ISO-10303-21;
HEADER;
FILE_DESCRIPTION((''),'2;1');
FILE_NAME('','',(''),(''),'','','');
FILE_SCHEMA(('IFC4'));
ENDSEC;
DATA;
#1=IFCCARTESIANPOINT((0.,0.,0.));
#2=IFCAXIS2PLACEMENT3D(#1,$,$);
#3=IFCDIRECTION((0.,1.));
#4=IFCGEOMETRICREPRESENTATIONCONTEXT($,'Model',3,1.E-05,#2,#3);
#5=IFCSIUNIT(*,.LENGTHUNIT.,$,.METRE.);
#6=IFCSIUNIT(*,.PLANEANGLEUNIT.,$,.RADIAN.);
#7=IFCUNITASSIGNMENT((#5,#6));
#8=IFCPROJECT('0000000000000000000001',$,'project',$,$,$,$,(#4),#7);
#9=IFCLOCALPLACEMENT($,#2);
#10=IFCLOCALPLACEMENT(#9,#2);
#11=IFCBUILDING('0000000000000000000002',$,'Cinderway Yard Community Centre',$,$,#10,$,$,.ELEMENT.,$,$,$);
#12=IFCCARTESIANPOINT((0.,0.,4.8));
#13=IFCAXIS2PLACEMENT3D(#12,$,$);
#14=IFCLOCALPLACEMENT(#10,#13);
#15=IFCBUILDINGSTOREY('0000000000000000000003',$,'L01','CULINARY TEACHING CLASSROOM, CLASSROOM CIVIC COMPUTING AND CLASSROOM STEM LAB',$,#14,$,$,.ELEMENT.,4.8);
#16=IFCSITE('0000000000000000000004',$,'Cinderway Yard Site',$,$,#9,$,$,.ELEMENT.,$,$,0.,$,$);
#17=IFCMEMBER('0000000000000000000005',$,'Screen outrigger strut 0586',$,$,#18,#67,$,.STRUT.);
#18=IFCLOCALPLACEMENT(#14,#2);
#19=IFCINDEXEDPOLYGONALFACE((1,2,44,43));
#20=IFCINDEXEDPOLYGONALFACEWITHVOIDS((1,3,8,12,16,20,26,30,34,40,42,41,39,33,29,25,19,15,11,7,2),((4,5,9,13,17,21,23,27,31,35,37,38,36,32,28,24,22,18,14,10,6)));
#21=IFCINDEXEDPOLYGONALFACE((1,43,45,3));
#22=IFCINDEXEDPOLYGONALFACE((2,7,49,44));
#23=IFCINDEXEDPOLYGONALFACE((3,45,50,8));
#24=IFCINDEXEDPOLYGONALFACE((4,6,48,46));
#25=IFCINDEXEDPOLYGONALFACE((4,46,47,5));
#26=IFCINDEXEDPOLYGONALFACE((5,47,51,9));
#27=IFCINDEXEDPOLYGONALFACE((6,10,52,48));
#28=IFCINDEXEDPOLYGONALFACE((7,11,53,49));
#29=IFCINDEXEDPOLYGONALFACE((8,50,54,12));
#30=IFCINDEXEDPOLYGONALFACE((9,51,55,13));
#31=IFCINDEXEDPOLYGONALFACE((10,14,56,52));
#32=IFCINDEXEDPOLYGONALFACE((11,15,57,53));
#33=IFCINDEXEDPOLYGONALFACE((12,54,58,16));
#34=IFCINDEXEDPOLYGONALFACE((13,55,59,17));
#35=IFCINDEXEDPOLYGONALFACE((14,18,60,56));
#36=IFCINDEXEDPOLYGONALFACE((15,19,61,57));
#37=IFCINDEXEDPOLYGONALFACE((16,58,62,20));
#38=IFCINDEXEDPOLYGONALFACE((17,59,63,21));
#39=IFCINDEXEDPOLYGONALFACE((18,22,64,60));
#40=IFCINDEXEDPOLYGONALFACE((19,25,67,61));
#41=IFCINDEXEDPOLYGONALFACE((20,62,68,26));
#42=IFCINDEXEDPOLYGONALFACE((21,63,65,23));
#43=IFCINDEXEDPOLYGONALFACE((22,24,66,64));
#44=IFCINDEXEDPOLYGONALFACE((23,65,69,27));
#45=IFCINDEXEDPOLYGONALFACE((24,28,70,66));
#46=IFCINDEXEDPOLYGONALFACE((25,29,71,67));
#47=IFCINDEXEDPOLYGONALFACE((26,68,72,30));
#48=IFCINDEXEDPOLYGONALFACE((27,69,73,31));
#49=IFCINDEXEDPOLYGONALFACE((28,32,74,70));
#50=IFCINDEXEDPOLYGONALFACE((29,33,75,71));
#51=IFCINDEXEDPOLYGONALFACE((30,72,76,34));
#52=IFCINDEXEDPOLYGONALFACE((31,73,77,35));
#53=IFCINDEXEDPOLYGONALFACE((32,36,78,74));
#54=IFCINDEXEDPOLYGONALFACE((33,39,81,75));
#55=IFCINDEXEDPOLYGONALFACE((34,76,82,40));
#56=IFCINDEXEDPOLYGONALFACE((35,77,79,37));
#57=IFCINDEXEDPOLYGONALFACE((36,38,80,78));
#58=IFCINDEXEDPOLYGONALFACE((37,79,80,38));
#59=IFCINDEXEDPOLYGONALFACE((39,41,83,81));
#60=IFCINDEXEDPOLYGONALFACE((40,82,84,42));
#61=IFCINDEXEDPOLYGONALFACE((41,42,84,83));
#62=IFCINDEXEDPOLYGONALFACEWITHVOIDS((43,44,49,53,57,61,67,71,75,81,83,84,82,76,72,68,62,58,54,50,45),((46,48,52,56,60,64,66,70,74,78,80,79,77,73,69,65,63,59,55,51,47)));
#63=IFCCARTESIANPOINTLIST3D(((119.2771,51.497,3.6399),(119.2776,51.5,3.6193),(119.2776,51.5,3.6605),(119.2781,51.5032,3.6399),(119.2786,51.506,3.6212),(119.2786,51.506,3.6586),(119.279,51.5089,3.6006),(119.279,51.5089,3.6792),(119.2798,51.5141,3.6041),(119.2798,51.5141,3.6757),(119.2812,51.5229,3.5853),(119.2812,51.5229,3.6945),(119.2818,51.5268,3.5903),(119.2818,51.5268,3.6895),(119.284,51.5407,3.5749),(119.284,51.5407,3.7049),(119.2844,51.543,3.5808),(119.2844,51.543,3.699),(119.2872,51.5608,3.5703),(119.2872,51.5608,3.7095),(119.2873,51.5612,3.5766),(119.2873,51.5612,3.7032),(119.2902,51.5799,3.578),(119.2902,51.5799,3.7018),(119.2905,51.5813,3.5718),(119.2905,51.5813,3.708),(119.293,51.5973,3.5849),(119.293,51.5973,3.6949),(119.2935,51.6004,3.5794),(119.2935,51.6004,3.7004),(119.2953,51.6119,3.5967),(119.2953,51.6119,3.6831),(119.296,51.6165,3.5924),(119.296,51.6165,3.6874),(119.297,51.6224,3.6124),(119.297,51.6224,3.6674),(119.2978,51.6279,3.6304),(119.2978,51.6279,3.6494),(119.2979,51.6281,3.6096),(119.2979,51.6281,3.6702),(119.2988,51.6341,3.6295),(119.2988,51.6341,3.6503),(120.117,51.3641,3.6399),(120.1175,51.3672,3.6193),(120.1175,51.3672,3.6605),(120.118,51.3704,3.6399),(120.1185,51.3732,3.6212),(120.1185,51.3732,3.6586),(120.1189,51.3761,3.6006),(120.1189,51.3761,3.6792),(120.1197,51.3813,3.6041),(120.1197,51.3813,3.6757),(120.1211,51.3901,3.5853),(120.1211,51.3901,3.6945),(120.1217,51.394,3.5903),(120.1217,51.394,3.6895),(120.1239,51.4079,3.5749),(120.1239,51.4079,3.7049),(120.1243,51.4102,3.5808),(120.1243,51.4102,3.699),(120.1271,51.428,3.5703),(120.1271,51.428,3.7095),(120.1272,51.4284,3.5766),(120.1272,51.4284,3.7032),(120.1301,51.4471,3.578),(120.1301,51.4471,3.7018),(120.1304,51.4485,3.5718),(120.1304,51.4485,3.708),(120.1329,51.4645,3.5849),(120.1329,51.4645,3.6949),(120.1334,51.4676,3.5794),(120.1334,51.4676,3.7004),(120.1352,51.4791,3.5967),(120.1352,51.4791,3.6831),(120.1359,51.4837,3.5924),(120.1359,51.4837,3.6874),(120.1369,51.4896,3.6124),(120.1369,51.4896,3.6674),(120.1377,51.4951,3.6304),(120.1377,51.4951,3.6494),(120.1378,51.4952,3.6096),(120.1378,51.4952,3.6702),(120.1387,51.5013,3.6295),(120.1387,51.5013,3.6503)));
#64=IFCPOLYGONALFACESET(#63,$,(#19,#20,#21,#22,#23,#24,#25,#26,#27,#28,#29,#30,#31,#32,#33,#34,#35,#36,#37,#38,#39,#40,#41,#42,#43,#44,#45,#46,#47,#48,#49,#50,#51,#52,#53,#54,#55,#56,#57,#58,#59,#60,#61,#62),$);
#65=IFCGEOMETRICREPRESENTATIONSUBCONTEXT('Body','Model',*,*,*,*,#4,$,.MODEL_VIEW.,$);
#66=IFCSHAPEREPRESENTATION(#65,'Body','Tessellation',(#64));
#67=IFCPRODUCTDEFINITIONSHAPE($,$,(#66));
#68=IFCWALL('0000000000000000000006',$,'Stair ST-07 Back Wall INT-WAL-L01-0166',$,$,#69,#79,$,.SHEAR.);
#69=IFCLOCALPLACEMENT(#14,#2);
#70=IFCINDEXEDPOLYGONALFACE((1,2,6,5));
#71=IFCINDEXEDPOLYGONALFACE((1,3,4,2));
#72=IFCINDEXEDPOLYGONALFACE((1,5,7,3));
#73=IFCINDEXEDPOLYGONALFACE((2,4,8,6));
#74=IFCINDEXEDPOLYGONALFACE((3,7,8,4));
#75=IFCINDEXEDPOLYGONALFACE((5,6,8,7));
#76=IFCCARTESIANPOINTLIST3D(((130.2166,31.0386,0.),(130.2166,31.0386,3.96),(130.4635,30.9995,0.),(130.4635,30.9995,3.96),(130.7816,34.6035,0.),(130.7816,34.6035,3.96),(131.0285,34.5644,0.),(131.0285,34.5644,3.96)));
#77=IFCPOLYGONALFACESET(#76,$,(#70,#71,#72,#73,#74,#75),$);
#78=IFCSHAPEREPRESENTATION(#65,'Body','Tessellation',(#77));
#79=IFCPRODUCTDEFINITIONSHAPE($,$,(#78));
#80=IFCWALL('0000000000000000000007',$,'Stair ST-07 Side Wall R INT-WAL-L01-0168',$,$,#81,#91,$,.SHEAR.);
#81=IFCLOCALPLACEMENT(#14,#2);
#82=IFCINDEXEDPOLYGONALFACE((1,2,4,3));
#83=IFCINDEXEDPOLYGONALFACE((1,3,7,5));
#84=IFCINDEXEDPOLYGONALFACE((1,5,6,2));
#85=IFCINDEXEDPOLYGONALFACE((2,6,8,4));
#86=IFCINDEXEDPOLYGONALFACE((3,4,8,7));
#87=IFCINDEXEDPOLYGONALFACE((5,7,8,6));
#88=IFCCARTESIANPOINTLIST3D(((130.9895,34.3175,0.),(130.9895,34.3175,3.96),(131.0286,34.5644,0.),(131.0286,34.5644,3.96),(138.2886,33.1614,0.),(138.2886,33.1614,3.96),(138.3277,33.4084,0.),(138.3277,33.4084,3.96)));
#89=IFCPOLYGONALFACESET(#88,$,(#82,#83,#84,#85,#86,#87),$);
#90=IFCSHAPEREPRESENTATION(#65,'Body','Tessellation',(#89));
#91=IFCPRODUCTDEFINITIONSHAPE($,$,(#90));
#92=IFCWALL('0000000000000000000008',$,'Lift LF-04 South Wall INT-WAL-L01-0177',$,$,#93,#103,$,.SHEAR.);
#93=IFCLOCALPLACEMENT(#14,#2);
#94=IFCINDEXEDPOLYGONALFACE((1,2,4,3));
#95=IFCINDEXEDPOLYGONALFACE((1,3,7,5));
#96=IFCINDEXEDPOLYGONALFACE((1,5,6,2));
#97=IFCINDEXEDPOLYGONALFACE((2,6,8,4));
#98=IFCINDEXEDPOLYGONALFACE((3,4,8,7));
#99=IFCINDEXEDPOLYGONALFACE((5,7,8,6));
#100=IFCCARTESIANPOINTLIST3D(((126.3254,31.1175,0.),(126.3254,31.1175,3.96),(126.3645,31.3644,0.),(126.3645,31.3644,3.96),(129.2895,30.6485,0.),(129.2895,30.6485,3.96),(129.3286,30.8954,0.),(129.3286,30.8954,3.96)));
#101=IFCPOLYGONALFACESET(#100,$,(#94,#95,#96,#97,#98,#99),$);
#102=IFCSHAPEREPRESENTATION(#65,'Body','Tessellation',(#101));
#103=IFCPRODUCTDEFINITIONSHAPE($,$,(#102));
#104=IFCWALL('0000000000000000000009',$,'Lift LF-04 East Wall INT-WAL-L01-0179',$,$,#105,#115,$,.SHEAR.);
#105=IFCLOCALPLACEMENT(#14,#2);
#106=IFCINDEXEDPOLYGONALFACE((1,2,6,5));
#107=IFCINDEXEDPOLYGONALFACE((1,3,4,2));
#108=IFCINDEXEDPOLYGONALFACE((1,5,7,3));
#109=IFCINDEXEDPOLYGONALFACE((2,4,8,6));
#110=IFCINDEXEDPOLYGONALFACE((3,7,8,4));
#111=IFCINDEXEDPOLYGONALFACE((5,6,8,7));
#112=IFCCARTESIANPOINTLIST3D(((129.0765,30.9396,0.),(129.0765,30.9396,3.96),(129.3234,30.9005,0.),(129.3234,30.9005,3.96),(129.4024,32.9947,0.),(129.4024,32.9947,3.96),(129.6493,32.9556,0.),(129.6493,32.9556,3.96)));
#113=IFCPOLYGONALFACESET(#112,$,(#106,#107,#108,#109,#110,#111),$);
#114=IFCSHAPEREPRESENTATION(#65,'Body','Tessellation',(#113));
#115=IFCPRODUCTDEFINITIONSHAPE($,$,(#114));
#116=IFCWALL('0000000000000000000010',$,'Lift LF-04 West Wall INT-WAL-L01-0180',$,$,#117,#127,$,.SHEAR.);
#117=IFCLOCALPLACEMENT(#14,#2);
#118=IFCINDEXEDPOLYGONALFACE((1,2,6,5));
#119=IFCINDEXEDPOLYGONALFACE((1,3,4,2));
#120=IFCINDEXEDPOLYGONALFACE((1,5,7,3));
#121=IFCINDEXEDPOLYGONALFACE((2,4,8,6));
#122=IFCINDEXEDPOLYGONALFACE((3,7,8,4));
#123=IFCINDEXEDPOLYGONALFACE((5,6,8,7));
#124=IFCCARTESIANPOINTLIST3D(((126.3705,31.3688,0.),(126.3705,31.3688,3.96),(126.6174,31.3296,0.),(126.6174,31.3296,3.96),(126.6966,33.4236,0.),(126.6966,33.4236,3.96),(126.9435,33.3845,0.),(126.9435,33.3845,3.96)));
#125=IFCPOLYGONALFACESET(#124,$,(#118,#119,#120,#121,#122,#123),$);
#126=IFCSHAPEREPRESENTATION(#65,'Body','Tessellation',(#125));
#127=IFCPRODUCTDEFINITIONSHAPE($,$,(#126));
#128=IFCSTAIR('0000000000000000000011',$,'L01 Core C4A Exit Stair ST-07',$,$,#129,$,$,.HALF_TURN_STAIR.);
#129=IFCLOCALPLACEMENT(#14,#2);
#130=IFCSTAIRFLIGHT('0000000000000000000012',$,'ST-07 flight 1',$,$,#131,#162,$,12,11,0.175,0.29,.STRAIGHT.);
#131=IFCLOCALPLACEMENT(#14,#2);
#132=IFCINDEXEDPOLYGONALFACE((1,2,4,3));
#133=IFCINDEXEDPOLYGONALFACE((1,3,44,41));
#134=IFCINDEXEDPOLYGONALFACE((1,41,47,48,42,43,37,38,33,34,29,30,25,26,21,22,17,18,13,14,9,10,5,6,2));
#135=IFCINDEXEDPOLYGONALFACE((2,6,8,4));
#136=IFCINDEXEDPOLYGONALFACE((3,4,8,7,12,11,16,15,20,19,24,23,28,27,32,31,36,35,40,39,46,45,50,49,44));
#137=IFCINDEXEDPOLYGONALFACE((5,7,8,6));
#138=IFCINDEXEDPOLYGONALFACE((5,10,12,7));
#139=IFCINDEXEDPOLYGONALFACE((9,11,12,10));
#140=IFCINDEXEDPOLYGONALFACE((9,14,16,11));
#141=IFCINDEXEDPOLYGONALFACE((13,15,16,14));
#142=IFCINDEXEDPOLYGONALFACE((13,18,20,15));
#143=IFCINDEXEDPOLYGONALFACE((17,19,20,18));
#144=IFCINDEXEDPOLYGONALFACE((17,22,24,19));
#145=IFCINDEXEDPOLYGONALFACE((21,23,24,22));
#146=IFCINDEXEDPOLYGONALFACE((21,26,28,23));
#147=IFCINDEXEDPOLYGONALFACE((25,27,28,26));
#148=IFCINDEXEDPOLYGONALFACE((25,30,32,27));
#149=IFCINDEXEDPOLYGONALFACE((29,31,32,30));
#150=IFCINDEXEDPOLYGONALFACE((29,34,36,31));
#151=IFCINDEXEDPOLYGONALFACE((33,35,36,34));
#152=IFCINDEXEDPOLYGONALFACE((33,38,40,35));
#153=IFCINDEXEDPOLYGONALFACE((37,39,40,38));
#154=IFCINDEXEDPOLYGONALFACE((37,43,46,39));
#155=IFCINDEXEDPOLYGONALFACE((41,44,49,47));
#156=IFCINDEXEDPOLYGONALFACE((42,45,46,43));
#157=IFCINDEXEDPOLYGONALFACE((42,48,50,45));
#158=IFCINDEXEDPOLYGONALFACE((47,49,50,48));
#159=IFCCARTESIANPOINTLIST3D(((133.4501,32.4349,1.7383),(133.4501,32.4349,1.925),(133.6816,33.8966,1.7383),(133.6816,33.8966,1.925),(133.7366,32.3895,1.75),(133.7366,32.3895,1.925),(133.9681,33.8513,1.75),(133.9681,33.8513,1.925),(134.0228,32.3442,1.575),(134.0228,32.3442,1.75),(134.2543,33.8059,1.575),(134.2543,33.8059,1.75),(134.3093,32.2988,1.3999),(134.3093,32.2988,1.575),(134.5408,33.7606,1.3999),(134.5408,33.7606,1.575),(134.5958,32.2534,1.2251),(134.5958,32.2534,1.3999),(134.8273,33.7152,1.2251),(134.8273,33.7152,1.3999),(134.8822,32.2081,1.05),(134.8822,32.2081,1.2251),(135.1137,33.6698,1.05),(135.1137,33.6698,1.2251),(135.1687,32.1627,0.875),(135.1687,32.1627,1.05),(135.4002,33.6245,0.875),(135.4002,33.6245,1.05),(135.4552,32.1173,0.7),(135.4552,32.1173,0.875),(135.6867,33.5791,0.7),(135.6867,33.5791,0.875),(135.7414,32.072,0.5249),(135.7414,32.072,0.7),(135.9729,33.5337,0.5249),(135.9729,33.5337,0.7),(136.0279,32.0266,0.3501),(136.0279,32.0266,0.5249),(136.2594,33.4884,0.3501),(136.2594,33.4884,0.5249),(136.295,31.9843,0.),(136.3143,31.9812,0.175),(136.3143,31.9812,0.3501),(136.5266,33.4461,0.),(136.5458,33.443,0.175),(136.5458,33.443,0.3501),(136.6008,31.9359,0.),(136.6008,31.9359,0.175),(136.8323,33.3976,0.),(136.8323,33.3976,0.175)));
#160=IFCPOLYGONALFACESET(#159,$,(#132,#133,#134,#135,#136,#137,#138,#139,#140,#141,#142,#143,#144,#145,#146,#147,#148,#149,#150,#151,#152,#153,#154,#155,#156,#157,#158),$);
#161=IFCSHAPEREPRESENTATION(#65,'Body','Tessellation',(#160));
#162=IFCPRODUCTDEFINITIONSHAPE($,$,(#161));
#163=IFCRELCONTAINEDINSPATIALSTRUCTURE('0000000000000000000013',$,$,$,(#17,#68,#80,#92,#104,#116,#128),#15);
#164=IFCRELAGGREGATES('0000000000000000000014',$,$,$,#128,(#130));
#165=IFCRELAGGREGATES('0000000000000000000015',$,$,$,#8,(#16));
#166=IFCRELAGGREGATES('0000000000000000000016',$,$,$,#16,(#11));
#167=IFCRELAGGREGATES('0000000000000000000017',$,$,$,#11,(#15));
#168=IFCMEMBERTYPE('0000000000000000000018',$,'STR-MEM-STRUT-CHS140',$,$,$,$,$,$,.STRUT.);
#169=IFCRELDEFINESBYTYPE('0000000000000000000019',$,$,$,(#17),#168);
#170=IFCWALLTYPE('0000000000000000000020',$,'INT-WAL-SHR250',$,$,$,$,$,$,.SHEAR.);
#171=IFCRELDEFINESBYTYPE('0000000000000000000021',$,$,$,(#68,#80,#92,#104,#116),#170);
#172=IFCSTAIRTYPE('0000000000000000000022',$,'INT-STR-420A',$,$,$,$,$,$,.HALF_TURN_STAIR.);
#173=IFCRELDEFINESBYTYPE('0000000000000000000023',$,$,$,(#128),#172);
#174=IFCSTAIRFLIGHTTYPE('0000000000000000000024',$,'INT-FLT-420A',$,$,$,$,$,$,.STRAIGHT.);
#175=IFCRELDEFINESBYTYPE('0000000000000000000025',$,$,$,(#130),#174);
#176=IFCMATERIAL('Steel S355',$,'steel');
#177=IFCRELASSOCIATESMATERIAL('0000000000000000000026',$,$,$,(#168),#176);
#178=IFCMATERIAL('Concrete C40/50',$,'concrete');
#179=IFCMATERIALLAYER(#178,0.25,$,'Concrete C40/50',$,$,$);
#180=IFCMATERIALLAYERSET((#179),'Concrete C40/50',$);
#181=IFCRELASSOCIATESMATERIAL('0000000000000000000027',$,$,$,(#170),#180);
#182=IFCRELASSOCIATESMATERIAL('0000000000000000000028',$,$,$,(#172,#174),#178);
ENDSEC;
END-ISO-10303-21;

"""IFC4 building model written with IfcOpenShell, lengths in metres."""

from ifc_helpers import new_model, si_unit, direction, frame, frame_2d, origin, origin_2d, place, context, subcontext, project, spatial, polyline, rectangle, hollow_circle, outline, extrude, material, layer, layer_set, material_profile, profile_set, type_object, element, aggregate, save


model = new_model("IFC4")

# Units and contexts
model_context = context("Model", 3, precision=1e-05, world=origin(), true_north=direction((0.0, 1.0)))
body_context = subcontext(model_context, "Body", "Model", "MODEL_VIEW")
ifc_project = project(units=[si_unit("LENGTHUNIT", "METRE"), si_unit("PLANEANGLEUNIT", "RADIAN")], contexts=[model_context])

# Site, building, storey
site_placement = place(None, origin())
site = spatial("IfcSite", under=ifc_project, at=site_placement, Name="Cinderway Yard Site", CompositionType="ELEMENT", RefElevation=0.0)
building_placement = place(site_placement, origin())
building = spatial("IfcBuilding", under=site, at=building_placement, Name="Cinderway Yard Community Centre", CompositionType="ELEMENT")
storey_placement = place(building_placement, frame((0.0, 0.0, 4.8)))
storey = spatial("IfcBuildingStorey", under=building, at=storey_placement, Name="L01", Description="CULINARY TEACHING CLASSROOM, CLASSROOM CIVIC COMPUTING AND CLASSROOM STEM LAB", CompositionType="ELEMENT", Elevation=4.8)

# Shared definitions
ifc_material_1 = material(Name="Concrete C40/50", Category="concrete")

# Shared definitions
ifc_material_2 = material(Name="Steel S355", Category="steel")

# Member
ifc_material_profile_1 = material_profile(ifc_material_2, hollow_circle(Radius=0.0698, WallThickness=0.0063, at=origin_2d()), Name="Steel S355")
ifc_profile_set_1 = profile_set([ifc_material_profile_1], Name="Steel S355")
member_type_1 = type_object("IfcMemberType", Name="STR-MEM-STRUT-CHS140", PredefinedType="STRUT", material=ifc_profile_set_1)
for number, where, z_axis, x_axis, name in (
    (1, (120.1279, 51.4331, 3.6399), (-0.987726, 0.156198, 0.0), (-0.156198, -0.987726, 0.0), "Screen outrigger strut 0586"),
):
    element("IfcMember", number, at=place(storey_placement, frame(where, z_axis=z_axis, x_axis=x_axis)), inside=storey, type_object=member_type_1, Name=name, PredefinedType="STRUT", context=body_context, shape_type="SweptSolid", body=[
        extrude(hollow_circle(Radius=0.0698, WallThickness=0.0063, at=origin_2d()), origin(), (0.0, 0.0, 1.0), 0.8503),
    ])

# Walls
ifc_layer = layer(ifc_material_1, 0.25, Name="Concrete C40/50")
ifc_layer_set = layer_set([ifc_layer], Name="Concrete C40/50")
wall_type = type_object("IfcWallType", Name="INT-WAL-SHR250", PredefinedType="SHEAR", material=ifc_layer_set)
wall_1_placement = place(storey_placement, frame((130.3401, 31.019, 0.0), z_axis=(0.0, 0.0, 1.0), x_axis=(0.156518, 0.987675, 0.0)))
element("IfcWall", 2, at=wall_1_placement, inside=storey, type_object=wall_type, Name="Stair ST-07 Back Wall INT-WAL-L01-0166", PredefinedType="SHEAR", context=body_context, shape_type="SweptSolid", body=[
    extrude(rectangle(XDim=3.6094, YDim=0.25, at=frame_2d((1.8047, 0.0))), origin(), (0.0, 0.0, 1.0), 3.96),
])
wall_2_placement = place(storey_placement, frame((131.009, 34.4409, 0.0), z_axis=(0.0, 0.0, 1.0), x_axis=(0.987689, -0.156427, 0.0)))
element("IfcWall", 3, at=wall_2_placement, inside=storey, type_object=wall_type, Name="Stair ST-07 Side Wall R INT-WAL-L01-0168", PredefinedType="SHEAR", context=body_context, shape_type="SweptSolid", body=[
    extrude(rectangle(XDim=7.3901, YDim=0.25, at=frame_2d((3.6951, 0.0))), origin(), (0.0, 0.0, 1.0), 3.96),
])
wall_3_placement = place(storey_placement, frame((126.345, 31.241, 0.0), z_axis=(0.0, 0.0, 1.0), x_axis=(0.987713, -0.15628, 0.0)))
element("IfcWall", 4, at=wall_3_placement, inside=storey, type_object=wall_type, Name="Lift LF-04 South Wall INT-WAL-L01-0177", PredefinedType="SHEAR", context=body_context, shape_type="SweptSolid", body=[
    extrude(rectangle(XDim=3.001, YDim=0.25, at=frame_2d((1.5005, 0.0))), origin(), (0.0, 0.0, 1.0), 3.96),
])

# Walls
wall_4_placement = place(storey_placement, frame((129.2, 30.9199, 0.0), z_axis=(0.0, 0.0, 1.0), x_axis=(0.156631, 0.987657, 0.0)))
element("IfcWall", 5, at=wall_4_placement, inside=storey, type_object=wall_type, Name="Lift LF-04 East Wall INT-WAL-L01-0179", PredefinedType="SHEAR", context=body_context, shape_type="SweptSolid", body=[
    extrude(rectangle(XDim=2.0808, YDim=0.25, at=frame_2d((1.0405, 0.0))), origin(), (0.0, 0.0, 1.0), 3.96),
])
wall_5_placement = place(storey_placement, frame((126.8201, 33.4041, 0.0), z_axis=(0.0, 0.0, 1.0), x_axis=(-0.156764, -0.987636, 0.0)))
element("IfcWall", 6, at=wall_5_placement, inside=storey, type_object=wall_type, Name="Lift LF-04 West Wall INT-WAL-L01-0180", PredefinedType="SHEAR", context=body_context, shape_type="SweptSolid", body=[
    extrude(rectangle(XDim=2.0806, YDim=0.25, at=frame_2d((1.0403, 0.0))), origin(), (0.0, 0.0, 1.0), 3.96),
])

# Stair, stair flight
stair_type = type_object("IfcStairType", Name="INT-STR-420A", PredefinedType="HALF_TURN_STAIR", material=ifc_material_1)
stair_placement = place(storey_placement, origin())
stair = element("IfcStair", 7, at=stair_placement, inside=storey, type_object=stair_type, Name="L01 Core C4A Exit Stair ST-07", PredefinedType="HALF_TURN_STAIR")
stair_flight_type = type_object("IfcStairFlightType", Name="INT-FLT-420A", PredefinedType="STRAIGHT", material=ifc_material_1)
stair_flight_1_placement = place(storey_placement, frame((136.7166, 32.6667, 0.0), z_axis=(0.0, 0.0, 1.0), x_axis=(-0.987688, 0.156434, 0.0)))
stair_flight_1 = element("IfcStairFlight", 8, at=stair_flight_1_placement, type_object=stair_flight_type, Name="ST-07 flight 1", NumberOfRisers=12, NumberOfTreads=11, PredefinedType="STRAIGHT", RiserHeight=0.175, TreadLength=0.29, context=body_context, shape_type="SweptSolid", body=[
    extrude(outline(polyline([(0.0, 0.0), (0.0, 0.175), (0.29, 0.175), (0.29, 0.3501), (0.5801, 0.3501), (0.5801, 0.5249), (0.8701, 0.5249), (0.8701, 0.7), (1.1599, 0.7), (1.1599, 0.875), (1.45, 0.875), (1.45, 1.05), (1.74, 1.05), (1.74, 1.2251), (2.03, 1.2251), (2.03, 1.3999), (2.3201, 1.3999), (2.3201, 1.575), (2.6101, 1.575), (2.6101, 1.75), (2.8999, 1.75), (2.8999, 1.925), (3.1899, 1.925), (3.1899, 2.1001), (3.1899, 1.7383), (0.3096, 0.0), (0.0, 0.0)])), frame((0.0, 0.74, 0.0), z_axis=(0.0, -1.0, 0.0), x_axis=(1.0, 0.0, 0.0)), (0.0, 0.0, 1.0), 1.48),
])
aggregate(stair, [stair_flight_1])

save(model, "model.ifc")
